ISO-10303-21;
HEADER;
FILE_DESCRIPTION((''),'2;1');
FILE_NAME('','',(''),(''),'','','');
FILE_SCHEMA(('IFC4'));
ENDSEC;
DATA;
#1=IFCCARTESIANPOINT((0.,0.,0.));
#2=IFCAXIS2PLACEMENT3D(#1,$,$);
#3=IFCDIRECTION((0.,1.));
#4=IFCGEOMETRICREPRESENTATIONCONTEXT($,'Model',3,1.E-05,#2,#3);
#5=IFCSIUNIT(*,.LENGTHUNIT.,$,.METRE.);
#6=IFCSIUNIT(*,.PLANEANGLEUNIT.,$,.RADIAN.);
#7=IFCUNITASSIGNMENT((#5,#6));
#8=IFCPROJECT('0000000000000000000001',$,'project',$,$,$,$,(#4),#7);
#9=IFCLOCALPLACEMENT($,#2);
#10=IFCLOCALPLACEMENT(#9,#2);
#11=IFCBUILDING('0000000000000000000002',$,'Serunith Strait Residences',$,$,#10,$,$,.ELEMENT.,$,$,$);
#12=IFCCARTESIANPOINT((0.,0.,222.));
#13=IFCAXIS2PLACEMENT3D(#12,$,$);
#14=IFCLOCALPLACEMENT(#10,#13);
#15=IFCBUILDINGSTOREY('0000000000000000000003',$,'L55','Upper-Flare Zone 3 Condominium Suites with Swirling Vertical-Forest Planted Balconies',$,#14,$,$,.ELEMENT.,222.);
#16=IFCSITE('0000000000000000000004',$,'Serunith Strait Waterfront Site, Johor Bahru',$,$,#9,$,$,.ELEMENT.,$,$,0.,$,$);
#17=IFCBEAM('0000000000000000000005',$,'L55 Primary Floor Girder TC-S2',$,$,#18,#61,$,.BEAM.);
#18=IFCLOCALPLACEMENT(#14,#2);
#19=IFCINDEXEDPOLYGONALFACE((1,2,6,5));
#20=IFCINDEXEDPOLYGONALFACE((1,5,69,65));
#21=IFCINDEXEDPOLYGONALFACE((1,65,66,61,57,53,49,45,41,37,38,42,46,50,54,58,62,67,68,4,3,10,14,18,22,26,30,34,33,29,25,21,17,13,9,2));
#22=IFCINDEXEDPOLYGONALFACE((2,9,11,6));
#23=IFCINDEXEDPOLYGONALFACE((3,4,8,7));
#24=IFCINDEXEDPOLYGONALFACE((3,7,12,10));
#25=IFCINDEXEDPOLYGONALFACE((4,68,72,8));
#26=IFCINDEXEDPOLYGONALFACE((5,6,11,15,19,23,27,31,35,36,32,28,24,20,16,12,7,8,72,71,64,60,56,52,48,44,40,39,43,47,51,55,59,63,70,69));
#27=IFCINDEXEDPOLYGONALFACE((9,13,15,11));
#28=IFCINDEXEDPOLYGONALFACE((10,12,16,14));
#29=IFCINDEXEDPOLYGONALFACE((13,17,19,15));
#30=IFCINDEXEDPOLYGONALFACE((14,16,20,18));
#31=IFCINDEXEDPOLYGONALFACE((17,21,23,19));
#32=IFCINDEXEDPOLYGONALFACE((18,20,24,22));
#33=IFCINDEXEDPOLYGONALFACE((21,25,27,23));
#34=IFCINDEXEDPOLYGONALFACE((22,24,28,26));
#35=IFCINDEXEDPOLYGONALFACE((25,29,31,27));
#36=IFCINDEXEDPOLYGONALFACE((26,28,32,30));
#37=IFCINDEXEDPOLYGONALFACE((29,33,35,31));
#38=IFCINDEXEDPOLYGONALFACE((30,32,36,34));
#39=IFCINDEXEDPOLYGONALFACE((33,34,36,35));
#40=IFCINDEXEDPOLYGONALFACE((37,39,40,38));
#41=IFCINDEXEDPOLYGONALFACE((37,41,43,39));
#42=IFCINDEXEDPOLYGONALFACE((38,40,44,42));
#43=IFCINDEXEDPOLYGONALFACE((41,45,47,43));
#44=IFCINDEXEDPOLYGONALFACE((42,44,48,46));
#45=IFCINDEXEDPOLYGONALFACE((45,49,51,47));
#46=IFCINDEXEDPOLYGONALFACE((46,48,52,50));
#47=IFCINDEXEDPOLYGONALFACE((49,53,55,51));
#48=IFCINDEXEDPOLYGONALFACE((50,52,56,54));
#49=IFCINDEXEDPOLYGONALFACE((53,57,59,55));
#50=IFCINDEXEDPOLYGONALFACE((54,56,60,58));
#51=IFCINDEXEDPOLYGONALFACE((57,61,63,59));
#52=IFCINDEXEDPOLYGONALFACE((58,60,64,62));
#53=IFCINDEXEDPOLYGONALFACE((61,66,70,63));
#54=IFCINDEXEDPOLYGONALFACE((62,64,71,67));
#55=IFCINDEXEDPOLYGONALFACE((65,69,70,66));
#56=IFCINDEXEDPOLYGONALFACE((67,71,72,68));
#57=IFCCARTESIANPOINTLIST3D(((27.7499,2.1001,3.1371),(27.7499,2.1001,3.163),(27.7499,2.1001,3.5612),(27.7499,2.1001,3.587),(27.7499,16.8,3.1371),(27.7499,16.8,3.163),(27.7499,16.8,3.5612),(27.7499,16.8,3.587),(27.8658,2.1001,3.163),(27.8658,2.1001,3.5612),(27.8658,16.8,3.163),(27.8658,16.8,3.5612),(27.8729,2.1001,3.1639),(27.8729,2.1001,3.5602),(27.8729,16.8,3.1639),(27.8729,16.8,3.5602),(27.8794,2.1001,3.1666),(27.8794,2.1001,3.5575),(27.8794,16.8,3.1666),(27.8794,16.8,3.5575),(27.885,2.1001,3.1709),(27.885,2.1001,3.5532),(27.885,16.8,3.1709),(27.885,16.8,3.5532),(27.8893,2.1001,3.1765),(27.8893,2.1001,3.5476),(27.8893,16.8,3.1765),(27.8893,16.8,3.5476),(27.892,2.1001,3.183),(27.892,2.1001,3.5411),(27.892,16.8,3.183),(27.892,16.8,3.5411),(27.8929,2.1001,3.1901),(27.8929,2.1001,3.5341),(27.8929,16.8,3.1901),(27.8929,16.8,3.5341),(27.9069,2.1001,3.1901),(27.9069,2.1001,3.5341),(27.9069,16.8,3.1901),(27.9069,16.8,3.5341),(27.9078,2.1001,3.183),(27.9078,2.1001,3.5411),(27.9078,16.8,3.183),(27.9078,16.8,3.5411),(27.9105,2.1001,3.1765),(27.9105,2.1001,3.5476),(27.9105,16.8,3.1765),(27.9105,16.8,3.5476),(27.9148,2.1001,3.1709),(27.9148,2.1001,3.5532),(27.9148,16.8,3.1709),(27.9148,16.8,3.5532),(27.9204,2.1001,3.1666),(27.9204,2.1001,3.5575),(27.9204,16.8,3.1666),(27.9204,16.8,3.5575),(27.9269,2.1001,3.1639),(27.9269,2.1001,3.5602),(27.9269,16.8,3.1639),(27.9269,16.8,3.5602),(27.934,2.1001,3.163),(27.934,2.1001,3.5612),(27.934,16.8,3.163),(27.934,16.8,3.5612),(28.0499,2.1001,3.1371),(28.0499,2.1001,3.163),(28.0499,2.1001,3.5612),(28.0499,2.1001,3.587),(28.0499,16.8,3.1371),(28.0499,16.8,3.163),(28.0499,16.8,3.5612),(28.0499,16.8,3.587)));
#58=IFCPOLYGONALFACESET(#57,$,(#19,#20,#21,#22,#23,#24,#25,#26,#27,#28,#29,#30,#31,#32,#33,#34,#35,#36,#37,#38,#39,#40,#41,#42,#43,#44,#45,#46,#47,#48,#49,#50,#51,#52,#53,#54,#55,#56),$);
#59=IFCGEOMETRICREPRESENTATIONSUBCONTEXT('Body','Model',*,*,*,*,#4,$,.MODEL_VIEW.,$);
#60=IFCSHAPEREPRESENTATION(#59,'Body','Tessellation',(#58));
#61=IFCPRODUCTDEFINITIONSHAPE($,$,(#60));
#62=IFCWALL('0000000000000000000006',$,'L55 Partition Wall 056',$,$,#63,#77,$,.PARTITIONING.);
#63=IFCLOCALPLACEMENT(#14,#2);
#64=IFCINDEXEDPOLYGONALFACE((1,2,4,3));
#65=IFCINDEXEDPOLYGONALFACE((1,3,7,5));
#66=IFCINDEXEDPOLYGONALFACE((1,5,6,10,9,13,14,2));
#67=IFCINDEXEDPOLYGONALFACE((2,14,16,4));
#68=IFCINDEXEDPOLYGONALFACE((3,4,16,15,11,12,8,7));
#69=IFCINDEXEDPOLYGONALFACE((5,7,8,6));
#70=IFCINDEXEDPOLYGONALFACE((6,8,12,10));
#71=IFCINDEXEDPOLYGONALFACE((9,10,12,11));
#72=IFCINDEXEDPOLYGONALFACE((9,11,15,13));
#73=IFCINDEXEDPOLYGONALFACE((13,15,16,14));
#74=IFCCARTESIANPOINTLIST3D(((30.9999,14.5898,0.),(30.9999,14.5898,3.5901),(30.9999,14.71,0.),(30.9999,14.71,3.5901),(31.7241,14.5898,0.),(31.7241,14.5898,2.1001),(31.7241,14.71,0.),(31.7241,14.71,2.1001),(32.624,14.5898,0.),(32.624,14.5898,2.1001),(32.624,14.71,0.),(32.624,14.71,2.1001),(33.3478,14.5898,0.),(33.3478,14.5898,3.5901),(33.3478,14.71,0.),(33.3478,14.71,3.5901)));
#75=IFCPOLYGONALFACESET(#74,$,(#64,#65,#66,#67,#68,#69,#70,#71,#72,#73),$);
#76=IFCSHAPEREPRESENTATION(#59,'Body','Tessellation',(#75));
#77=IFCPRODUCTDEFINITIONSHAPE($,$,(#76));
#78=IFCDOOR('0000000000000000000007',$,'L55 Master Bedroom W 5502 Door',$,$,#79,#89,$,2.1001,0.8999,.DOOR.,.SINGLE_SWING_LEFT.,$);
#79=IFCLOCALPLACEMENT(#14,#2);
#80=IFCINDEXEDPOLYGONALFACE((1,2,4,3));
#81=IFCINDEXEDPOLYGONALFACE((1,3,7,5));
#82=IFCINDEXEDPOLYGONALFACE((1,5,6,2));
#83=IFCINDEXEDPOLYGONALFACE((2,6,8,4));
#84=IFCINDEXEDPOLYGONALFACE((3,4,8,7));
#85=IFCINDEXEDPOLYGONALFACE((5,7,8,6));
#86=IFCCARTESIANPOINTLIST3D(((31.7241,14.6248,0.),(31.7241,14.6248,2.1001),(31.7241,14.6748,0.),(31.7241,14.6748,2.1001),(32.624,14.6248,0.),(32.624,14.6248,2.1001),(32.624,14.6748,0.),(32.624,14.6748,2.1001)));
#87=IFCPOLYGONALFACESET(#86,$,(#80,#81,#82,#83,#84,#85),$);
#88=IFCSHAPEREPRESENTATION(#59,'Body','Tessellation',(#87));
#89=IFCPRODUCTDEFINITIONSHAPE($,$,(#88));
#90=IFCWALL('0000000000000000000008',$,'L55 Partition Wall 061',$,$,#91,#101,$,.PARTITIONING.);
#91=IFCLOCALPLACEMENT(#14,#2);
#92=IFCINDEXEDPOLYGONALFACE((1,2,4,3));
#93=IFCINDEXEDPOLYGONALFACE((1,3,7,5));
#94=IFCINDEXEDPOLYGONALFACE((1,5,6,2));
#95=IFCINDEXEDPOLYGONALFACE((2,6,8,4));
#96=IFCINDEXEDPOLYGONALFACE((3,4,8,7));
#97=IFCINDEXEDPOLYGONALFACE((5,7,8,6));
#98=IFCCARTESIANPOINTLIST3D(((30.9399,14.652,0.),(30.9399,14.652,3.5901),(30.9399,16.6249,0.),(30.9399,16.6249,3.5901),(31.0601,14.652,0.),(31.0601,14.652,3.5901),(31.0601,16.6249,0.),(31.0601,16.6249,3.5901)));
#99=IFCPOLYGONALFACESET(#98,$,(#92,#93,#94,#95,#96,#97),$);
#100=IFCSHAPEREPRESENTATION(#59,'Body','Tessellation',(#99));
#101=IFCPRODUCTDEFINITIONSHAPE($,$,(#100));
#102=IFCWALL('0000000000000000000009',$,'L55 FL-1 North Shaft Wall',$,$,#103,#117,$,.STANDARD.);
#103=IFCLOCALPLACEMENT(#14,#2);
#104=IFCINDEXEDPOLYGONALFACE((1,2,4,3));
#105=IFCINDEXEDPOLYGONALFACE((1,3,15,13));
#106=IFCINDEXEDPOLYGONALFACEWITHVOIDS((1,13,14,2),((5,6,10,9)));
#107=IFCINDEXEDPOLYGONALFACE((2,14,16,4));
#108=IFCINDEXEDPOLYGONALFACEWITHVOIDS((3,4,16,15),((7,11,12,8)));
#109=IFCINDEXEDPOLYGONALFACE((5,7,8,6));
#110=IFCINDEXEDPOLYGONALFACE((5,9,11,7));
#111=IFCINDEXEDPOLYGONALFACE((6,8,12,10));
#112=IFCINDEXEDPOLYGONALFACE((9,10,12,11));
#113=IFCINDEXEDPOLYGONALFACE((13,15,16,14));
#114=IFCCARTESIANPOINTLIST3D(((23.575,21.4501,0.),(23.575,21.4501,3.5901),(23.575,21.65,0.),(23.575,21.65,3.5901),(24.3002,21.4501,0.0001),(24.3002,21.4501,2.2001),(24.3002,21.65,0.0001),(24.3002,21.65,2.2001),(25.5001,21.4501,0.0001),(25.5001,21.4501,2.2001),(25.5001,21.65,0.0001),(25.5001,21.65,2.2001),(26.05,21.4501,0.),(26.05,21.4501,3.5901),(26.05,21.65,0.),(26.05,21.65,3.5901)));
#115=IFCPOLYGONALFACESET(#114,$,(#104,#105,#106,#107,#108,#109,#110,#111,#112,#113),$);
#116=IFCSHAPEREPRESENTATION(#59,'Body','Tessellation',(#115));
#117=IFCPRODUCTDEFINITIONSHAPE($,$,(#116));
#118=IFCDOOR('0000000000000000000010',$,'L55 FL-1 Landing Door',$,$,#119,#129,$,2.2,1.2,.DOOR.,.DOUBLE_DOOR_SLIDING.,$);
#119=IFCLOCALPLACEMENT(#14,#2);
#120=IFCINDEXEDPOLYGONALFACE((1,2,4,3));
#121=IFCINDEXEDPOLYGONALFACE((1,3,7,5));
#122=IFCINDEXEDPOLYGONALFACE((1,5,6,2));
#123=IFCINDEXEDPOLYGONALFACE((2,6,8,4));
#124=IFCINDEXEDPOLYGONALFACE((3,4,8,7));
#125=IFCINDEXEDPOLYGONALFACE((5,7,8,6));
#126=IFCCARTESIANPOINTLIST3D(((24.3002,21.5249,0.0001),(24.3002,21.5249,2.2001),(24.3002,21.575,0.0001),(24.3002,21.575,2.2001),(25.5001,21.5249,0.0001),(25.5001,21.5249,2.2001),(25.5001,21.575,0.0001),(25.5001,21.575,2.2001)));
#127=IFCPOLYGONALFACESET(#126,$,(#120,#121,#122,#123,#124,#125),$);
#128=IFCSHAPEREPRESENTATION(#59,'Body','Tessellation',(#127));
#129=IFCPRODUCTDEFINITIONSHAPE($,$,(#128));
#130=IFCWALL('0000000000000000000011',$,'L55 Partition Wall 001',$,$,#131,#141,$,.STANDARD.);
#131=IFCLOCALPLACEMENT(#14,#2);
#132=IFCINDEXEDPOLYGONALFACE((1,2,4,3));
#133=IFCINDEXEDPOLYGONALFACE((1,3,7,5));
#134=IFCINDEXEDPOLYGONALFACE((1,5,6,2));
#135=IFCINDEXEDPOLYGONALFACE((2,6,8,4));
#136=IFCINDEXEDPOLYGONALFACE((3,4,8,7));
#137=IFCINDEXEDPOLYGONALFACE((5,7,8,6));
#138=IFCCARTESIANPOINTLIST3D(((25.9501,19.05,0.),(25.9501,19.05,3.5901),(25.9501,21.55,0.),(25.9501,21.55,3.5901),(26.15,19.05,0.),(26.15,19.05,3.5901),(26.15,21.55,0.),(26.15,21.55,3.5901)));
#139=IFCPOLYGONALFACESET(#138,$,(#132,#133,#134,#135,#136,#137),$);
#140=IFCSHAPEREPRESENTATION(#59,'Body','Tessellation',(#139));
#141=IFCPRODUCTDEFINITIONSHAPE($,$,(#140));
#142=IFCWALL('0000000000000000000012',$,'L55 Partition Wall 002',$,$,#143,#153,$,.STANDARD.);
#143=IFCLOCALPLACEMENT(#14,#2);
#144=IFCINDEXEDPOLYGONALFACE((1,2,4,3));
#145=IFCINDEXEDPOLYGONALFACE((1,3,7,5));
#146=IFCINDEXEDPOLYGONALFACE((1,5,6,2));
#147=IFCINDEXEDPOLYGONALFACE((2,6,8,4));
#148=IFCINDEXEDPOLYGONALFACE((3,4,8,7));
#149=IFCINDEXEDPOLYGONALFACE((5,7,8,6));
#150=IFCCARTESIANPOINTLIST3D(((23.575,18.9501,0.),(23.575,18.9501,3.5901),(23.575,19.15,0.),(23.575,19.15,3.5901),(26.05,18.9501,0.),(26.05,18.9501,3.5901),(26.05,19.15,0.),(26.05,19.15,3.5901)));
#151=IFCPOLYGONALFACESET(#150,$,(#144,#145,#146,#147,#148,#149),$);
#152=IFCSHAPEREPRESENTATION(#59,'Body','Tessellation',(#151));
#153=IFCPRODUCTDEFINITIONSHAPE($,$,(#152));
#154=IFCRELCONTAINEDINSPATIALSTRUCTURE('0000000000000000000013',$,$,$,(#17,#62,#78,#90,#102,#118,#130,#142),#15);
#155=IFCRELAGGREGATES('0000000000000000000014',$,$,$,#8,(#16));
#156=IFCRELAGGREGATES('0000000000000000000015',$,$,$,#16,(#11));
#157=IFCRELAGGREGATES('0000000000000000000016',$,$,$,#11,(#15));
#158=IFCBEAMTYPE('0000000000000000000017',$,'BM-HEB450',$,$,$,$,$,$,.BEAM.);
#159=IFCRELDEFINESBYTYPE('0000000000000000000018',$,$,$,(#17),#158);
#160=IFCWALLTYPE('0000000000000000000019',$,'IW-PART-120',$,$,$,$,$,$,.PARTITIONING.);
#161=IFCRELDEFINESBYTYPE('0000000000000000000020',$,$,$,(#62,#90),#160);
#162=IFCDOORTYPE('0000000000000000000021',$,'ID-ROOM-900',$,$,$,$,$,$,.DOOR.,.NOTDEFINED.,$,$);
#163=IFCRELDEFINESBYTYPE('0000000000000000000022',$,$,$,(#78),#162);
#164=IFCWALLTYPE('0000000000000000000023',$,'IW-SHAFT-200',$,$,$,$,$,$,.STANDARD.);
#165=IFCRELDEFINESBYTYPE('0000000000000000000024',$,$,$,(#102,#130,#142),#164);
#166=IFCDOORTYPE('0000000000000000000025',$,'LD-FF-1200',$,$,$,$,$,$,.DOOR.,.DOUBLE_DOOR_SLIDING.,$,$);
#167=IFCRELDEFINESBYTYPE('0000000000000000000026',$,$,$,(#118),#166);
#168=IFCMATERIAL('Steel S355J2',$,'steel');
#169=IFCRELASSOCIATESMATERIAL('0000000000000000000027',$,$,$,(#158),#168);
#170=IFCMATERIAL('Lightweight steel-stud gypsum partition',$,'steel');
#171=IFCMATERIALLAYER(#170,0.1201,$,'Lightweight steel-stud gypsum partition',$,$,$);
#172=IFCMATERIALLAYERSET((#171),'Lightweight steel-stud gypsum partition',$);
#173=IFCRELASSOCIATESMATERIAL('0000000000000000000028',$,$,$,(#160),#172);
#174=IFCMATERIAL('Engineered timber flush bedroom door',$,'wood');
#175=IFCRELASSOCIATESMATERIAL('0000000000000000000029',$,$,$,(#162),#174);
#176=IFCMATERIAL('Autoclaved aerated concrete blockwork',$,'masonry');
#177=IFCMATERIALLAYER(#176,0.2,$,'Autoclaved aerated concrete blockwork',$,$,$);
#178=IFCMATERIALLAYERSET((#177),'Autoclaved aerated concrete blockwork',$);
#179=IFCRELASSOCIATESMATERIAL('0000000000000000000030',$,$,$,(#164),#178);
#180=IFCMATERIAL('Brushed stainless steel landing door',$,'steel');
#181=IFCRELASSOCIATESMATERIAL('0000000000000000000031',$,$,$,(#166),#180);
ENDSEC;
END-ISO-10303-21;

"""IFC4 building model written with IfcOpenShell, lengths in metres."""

from ifc_helpers import new_model, si_unit, direction, frame, frame_2d, origin, origin_2d, place, context, subcontext, project, spatial, rectangle, i_section, extrude, source, transform, mapped, material, layer, layer_set, material_profile, profile_set, type_object, element, fill, save


model = new_model("IFC4")

# Units and contexts
model_context = context("Model", 3, precision=1e-05, world=origin(), true_north=direction((0.0, 1.0)))
body_context = subcontext(model_context, "Body", "Model", "MODEL_VIEW")
ifc_project = project(units=[si_unit("LENGTHUNIT", "METRE"), si_unit("PLANEANGLEUNIT", "RADIAN")], contexts=[model_context])

# Site, building, storey
site_placement = place(None, origin())
site = spatial("IfcSite", under=ifc_project, at=site_placement, Name="Serunith Strait Waterfront Site, Johor Bahru", CompositionType="ELEMENT", RefElevation=0.0)
building_placement = place(site_placement, origin())
building = spatial("IfcBuilding", under=site, at=building_placement, Name="Serunith Strait Residences", CompositionType="ELEMENT")
storey_placement = place(building_placement, frame((0.0, 0.0, 222.0)))
storey = spatial("IfcBuildingStorey", under=building, at=storey_placement, Name="L55", Description="Upper-Flare Zone 3 Condominium Suites with Swirling Vertical-Forest Planted Balconies", CompositionType="ELEMENT", Elevation=222.0)

# Beam
ifc_material_1 = material(Name="Steel S355J2", Category="steel")
ifc_material_profile = material_profile(ifc_material_1, i_section(OverallWidth=0.3, OverallDepth=0.45, WebThickness=0.0139, FlangeThickness=0.0259, FilletRadius=0.0271, at=origin_2d()), Name="HEB 450")
ifc_profile_set = profile_set([ifc_material_profile], Name="Steel S355J2")
beam_type = type_object("IfcBeamType", Name="BM-HEB450", PredefinedType="BEAM", material=ifc_profile_set)
shared_shape_1 = source(origin(), body_context, "Body", "SweptSolid", [
    extrude(i_section(OverallWidth=0.3, OverallDepth=0.45, WebThickness=0.0139, FlangeThickness=0.0259, FilletRadius=0.0271, at=origin_2d()), origin(), (0.0, 0.0, 1.0), 14.7),
])
beam_placement = place(storey_placement, frame((27.8999, 16.8, 3.3621), z_axis=(0.0, -1.0, 0.0), x_axis=(1.0, 0.0, 0.0)))
element("IfcBeam", 1, at=beam_placement, inside=storey, type_object=beam_type, Name="L55 Primary Floor Girder TC-S2", PredefinedType="BEAM", context=body_context, shape_type="MappedRepresentation", body=[
    mapped(shared_shape_1, transform((0.0, 0.0, 0.0), scale=1.0)),
])

# Wall, opening, door
ifc_material_2 = material(Name="Lightweight steel-stud gypsum partition", Category="steel")
ifc_layer_1 = layer(ifc_material_2, 0.1201, Name="Lightweight steel-stud gypsum partition")
ifc_layer_set_1 = layer_set([ifc_layer_1], Name="Lightweight steel-stud gypsum partition")
wall_type_1 = type_object("IfcWallType", Name="IW-PART-120", PredefinedType="PARTITIONING", material=ifc_layer_set_1)
wall_1_placement = place(storey_placement, frame((31.0, 14.6499, 0.0), z_axis=(0.0, 0.0, 1.0), x_axis=(1.0, 0.0, 0.0)))
wall_1 = element("IfcWall", 2, at=wall_1_placement, inside=storey, type_object=wall_type_1, Name="L55 Partition Wall 056", PredefinedType="PARTITIONING", context=body_context, shape_type="SweptSolid", body=[
    extrude(rectangle(XDim=2.3479, YDim=0.1201, at=frame_2d((1.1738, 0.0))), origin(), (0.0, 0.0, 1.0), 3.5901),
])
opening_1_placement = place(wall_1_placement, frame((0.7241, 0.0, 0.0)))
opening_1 = element("IfcOpeningElement", 3, at=opening_1_placement, cuts=wall_1, PredefinedType="OPENING", context=body_context, shape_type="SweptSolid", body=[
    extrude(rectangle(XDim=0.8999, YDim=2.1001, at=frame_2d((0.45, 1.05))), frame((0.0, 0.0701, 0.0), z_axis=(0.0, -1.0, 0.0), x_axis=(1.0, 0.0, 0.0)), (0.0, 0.0, 1.0), 0.1401),
])
ifc_material_3 = material(Name="Engineered timber flush bedroom door", Category="wood")
door_type_1 = type_object("IfcDoorType", Name="ID-ROOM-900", OperationType="NOTDEFINED", PredefinedType="DOOR", material=ifc_material_3)
shared_shape_2 = source(origin(), body_context, "Body", "SweptSolid", [
    extrude(rectangle(XDim=0.8999, YDim=2.1001, at=frame_2d((0.45, 1.05))), frame((0.0, 0.0249, 0.0), z_axis=(0.0, -1.0, 0.0), x_axis=(1.0, 0.0, 0.0)), (0.0, 0.0, 1.0), 0.05),
])
door_1_placement = place(opening_1_placement, origin())
door_1 = element("IfcDoor", 4, at=door_1_placement, inside=storey, type_object=door_type_1, Name="L55 Master Bedroom W 5502 Door", OperationType="SINGLE_SWING_LEFT", OverallHeight=2.1001, OverallWidth=0.8999, PredefinedType="DOOR", context=body_context, shape_type="MappedRepresentation", body=[
    mapped(shared_shape_2, transform((0.0, 0.0, 0.0), scale=1.0)),
])
fill(opening_1, door_1)

# Wall
wall_2_placement = place(storey_placement, frame((31.0, 14.6521, 0.0), z_axis=(0.0, 0.0, 1.0), x_axis=(0.0, 1.0, 0.0)))
element("IfcWall", 5, at=wall_2_placement, inside=storey, type_object=wall_type_1, Name="L55 Partition Wall 061", PredefinedType="PARTITIONING", context=body_context, shape_type="SweptSolid", body=[
    extrude(rectangle(XDim=1.9729, YDim=0.1201, at=frame_2d((0.9863, 0.0))), origin(), (0.0, 0.0, 1.0), 3.5901),
])

# Wall, opening, door
ifc_material_4 = material(Name="Autoclaved aerated concrete blockwork", Category="masonry")
ifc_layer_2 = layer(ifc_material_4, 0.2, Name="Autoclaved aerated concrete blockwork")
ifc_layer_set_2 = layer_set([ifc_layer_2], Name="Autoclaved aerated concrete blockwork")
wall_type_2 = type_object("IfcWallType", Name="IW-SHAFT-200", PredefinedType="STANDARD", material=ifc_layer_set_2)
wall_3_placement = place(storey_placement, frame((23.575, 21.55, 0.0), z_axis=(0.0, 0.0, 1.0), x_axis=(1.0, 0.0, 0.0)))
wall_3 = element("IfcWall", 6, at=wall_3_placement, inside=storey, type_object=wall_type_2, Name="L55 FL-1 North Shaft Wall", PredefinedType="STANDARD", context=body_context, shape_type="SweptSolid", body=[
    extrude(rectangle(XDim=2.4751, YDim=0.2, at=frame_2d((1.2375, 0.0))), origin(), (0.0, 0.0, 1.0), 3.5901),
])
opening_2_placement = place(wall_3_placement, frame((0.7251, 0.0, 0.0)))
opening_2 = element("IfcOpeningElement", 7, at=opening_2_placement, cuts=wall_3, PredefinedType="OPENING", context=body_context, shape_type="SweptSolid", body=[
    extrude(rectangle(XDim=1.2, YDim=2.2, at=frame_2d((0.6001, 1.1001))), frame((0.0, 0.1099, 0.0), z_axis=(0.0, -1.0, 0.0), x_axis=(1.0, 0.0, 0.0)), (0.0, 0.0, 1.0), 0.22),
])
ifc_material_5 = material(Name="Brushed stainless steel landing door", Category="steel")
door_type_2 = type_object("IfcDoorType", Name="LD-FF-1200", OperationType="DOUBLE_DOOR_SLIDING", PredefinedType="DOOR", material=ifc_material_5)
shared_shape_3 = source(origin(), body_context, "Body", "SweptSolid", [
    extrude(rectangle(XDim=1.2, YDim=2.2, at=frame_2d((0.6001, 1.1001))), frame((0.0, 0.0249, 0.0), z_axis=(0.0, -1.0, 0.0), x_axis=(1.0, 0.0, 0.0)), (0.0, 0.0, 1.0), 0.05),
])
door_2_placement = place(opening_2_placement, origin())
door_2 = element("IfcDoor", 8, at=door_2_placement, inside=storey, type_object=door_type_2, Name="L55 FL-1 Landing Door", OperationType="DOUBLE_DOOR_SLIDING", OverallHeight=2.2, OverallWidth=1.2, PredefinedType="DOOR", context=body_context, shape_type="MappedRepresentation", body=[
    mapped(shared_shape_3, transform((0.0, 0.0, 0.0), scale=1.0)),
])
fill(opening_2, door_2)

# Walls
wall_4_placement = place(storey_placement, frame((26.05, 19.05, 0.0), z_axis=(0.0, 0.0, 1.0), x_axis=(0.0, 1.0, 0.0)))
element("IfcWall", 9, at=wall_4_placement, inside=storey, type_object=wall_type_2, Name="L55 Partition Wall 001", PredefinedType="STANDARD", context=body_context, shape_type="SweptSolid", body=[
    extrude(rectangle(XDim=2.5, YDim=0.2, at=frame_2d((1.25, 0.0))), origin(), (0.0, 0.0, 1.0), 3.5901),
])
wall_5_placement = place(storey_placement, frame((23.575, 19.05, 0.0), z_axis=(0.0, 0.0, 1.0), x_axis=(1.0, 0.0, 0.0)))
element("IfcWall", 10, at=wall_5_placement, inside=storey, type_object=wall_type_2, Name="L55 Partition Wall 002", PredefinedType="STANDARD", context=body_context, shape_type="SweptSolid", body=[
    extrude(rectangle(XDim=2.4751, YDim=0.2, at=frame_2d((1.2375, 0.0))), origin(), (0.0, 0.0, 1.0), 3.5901),
])

save(model, "model.ifc")
